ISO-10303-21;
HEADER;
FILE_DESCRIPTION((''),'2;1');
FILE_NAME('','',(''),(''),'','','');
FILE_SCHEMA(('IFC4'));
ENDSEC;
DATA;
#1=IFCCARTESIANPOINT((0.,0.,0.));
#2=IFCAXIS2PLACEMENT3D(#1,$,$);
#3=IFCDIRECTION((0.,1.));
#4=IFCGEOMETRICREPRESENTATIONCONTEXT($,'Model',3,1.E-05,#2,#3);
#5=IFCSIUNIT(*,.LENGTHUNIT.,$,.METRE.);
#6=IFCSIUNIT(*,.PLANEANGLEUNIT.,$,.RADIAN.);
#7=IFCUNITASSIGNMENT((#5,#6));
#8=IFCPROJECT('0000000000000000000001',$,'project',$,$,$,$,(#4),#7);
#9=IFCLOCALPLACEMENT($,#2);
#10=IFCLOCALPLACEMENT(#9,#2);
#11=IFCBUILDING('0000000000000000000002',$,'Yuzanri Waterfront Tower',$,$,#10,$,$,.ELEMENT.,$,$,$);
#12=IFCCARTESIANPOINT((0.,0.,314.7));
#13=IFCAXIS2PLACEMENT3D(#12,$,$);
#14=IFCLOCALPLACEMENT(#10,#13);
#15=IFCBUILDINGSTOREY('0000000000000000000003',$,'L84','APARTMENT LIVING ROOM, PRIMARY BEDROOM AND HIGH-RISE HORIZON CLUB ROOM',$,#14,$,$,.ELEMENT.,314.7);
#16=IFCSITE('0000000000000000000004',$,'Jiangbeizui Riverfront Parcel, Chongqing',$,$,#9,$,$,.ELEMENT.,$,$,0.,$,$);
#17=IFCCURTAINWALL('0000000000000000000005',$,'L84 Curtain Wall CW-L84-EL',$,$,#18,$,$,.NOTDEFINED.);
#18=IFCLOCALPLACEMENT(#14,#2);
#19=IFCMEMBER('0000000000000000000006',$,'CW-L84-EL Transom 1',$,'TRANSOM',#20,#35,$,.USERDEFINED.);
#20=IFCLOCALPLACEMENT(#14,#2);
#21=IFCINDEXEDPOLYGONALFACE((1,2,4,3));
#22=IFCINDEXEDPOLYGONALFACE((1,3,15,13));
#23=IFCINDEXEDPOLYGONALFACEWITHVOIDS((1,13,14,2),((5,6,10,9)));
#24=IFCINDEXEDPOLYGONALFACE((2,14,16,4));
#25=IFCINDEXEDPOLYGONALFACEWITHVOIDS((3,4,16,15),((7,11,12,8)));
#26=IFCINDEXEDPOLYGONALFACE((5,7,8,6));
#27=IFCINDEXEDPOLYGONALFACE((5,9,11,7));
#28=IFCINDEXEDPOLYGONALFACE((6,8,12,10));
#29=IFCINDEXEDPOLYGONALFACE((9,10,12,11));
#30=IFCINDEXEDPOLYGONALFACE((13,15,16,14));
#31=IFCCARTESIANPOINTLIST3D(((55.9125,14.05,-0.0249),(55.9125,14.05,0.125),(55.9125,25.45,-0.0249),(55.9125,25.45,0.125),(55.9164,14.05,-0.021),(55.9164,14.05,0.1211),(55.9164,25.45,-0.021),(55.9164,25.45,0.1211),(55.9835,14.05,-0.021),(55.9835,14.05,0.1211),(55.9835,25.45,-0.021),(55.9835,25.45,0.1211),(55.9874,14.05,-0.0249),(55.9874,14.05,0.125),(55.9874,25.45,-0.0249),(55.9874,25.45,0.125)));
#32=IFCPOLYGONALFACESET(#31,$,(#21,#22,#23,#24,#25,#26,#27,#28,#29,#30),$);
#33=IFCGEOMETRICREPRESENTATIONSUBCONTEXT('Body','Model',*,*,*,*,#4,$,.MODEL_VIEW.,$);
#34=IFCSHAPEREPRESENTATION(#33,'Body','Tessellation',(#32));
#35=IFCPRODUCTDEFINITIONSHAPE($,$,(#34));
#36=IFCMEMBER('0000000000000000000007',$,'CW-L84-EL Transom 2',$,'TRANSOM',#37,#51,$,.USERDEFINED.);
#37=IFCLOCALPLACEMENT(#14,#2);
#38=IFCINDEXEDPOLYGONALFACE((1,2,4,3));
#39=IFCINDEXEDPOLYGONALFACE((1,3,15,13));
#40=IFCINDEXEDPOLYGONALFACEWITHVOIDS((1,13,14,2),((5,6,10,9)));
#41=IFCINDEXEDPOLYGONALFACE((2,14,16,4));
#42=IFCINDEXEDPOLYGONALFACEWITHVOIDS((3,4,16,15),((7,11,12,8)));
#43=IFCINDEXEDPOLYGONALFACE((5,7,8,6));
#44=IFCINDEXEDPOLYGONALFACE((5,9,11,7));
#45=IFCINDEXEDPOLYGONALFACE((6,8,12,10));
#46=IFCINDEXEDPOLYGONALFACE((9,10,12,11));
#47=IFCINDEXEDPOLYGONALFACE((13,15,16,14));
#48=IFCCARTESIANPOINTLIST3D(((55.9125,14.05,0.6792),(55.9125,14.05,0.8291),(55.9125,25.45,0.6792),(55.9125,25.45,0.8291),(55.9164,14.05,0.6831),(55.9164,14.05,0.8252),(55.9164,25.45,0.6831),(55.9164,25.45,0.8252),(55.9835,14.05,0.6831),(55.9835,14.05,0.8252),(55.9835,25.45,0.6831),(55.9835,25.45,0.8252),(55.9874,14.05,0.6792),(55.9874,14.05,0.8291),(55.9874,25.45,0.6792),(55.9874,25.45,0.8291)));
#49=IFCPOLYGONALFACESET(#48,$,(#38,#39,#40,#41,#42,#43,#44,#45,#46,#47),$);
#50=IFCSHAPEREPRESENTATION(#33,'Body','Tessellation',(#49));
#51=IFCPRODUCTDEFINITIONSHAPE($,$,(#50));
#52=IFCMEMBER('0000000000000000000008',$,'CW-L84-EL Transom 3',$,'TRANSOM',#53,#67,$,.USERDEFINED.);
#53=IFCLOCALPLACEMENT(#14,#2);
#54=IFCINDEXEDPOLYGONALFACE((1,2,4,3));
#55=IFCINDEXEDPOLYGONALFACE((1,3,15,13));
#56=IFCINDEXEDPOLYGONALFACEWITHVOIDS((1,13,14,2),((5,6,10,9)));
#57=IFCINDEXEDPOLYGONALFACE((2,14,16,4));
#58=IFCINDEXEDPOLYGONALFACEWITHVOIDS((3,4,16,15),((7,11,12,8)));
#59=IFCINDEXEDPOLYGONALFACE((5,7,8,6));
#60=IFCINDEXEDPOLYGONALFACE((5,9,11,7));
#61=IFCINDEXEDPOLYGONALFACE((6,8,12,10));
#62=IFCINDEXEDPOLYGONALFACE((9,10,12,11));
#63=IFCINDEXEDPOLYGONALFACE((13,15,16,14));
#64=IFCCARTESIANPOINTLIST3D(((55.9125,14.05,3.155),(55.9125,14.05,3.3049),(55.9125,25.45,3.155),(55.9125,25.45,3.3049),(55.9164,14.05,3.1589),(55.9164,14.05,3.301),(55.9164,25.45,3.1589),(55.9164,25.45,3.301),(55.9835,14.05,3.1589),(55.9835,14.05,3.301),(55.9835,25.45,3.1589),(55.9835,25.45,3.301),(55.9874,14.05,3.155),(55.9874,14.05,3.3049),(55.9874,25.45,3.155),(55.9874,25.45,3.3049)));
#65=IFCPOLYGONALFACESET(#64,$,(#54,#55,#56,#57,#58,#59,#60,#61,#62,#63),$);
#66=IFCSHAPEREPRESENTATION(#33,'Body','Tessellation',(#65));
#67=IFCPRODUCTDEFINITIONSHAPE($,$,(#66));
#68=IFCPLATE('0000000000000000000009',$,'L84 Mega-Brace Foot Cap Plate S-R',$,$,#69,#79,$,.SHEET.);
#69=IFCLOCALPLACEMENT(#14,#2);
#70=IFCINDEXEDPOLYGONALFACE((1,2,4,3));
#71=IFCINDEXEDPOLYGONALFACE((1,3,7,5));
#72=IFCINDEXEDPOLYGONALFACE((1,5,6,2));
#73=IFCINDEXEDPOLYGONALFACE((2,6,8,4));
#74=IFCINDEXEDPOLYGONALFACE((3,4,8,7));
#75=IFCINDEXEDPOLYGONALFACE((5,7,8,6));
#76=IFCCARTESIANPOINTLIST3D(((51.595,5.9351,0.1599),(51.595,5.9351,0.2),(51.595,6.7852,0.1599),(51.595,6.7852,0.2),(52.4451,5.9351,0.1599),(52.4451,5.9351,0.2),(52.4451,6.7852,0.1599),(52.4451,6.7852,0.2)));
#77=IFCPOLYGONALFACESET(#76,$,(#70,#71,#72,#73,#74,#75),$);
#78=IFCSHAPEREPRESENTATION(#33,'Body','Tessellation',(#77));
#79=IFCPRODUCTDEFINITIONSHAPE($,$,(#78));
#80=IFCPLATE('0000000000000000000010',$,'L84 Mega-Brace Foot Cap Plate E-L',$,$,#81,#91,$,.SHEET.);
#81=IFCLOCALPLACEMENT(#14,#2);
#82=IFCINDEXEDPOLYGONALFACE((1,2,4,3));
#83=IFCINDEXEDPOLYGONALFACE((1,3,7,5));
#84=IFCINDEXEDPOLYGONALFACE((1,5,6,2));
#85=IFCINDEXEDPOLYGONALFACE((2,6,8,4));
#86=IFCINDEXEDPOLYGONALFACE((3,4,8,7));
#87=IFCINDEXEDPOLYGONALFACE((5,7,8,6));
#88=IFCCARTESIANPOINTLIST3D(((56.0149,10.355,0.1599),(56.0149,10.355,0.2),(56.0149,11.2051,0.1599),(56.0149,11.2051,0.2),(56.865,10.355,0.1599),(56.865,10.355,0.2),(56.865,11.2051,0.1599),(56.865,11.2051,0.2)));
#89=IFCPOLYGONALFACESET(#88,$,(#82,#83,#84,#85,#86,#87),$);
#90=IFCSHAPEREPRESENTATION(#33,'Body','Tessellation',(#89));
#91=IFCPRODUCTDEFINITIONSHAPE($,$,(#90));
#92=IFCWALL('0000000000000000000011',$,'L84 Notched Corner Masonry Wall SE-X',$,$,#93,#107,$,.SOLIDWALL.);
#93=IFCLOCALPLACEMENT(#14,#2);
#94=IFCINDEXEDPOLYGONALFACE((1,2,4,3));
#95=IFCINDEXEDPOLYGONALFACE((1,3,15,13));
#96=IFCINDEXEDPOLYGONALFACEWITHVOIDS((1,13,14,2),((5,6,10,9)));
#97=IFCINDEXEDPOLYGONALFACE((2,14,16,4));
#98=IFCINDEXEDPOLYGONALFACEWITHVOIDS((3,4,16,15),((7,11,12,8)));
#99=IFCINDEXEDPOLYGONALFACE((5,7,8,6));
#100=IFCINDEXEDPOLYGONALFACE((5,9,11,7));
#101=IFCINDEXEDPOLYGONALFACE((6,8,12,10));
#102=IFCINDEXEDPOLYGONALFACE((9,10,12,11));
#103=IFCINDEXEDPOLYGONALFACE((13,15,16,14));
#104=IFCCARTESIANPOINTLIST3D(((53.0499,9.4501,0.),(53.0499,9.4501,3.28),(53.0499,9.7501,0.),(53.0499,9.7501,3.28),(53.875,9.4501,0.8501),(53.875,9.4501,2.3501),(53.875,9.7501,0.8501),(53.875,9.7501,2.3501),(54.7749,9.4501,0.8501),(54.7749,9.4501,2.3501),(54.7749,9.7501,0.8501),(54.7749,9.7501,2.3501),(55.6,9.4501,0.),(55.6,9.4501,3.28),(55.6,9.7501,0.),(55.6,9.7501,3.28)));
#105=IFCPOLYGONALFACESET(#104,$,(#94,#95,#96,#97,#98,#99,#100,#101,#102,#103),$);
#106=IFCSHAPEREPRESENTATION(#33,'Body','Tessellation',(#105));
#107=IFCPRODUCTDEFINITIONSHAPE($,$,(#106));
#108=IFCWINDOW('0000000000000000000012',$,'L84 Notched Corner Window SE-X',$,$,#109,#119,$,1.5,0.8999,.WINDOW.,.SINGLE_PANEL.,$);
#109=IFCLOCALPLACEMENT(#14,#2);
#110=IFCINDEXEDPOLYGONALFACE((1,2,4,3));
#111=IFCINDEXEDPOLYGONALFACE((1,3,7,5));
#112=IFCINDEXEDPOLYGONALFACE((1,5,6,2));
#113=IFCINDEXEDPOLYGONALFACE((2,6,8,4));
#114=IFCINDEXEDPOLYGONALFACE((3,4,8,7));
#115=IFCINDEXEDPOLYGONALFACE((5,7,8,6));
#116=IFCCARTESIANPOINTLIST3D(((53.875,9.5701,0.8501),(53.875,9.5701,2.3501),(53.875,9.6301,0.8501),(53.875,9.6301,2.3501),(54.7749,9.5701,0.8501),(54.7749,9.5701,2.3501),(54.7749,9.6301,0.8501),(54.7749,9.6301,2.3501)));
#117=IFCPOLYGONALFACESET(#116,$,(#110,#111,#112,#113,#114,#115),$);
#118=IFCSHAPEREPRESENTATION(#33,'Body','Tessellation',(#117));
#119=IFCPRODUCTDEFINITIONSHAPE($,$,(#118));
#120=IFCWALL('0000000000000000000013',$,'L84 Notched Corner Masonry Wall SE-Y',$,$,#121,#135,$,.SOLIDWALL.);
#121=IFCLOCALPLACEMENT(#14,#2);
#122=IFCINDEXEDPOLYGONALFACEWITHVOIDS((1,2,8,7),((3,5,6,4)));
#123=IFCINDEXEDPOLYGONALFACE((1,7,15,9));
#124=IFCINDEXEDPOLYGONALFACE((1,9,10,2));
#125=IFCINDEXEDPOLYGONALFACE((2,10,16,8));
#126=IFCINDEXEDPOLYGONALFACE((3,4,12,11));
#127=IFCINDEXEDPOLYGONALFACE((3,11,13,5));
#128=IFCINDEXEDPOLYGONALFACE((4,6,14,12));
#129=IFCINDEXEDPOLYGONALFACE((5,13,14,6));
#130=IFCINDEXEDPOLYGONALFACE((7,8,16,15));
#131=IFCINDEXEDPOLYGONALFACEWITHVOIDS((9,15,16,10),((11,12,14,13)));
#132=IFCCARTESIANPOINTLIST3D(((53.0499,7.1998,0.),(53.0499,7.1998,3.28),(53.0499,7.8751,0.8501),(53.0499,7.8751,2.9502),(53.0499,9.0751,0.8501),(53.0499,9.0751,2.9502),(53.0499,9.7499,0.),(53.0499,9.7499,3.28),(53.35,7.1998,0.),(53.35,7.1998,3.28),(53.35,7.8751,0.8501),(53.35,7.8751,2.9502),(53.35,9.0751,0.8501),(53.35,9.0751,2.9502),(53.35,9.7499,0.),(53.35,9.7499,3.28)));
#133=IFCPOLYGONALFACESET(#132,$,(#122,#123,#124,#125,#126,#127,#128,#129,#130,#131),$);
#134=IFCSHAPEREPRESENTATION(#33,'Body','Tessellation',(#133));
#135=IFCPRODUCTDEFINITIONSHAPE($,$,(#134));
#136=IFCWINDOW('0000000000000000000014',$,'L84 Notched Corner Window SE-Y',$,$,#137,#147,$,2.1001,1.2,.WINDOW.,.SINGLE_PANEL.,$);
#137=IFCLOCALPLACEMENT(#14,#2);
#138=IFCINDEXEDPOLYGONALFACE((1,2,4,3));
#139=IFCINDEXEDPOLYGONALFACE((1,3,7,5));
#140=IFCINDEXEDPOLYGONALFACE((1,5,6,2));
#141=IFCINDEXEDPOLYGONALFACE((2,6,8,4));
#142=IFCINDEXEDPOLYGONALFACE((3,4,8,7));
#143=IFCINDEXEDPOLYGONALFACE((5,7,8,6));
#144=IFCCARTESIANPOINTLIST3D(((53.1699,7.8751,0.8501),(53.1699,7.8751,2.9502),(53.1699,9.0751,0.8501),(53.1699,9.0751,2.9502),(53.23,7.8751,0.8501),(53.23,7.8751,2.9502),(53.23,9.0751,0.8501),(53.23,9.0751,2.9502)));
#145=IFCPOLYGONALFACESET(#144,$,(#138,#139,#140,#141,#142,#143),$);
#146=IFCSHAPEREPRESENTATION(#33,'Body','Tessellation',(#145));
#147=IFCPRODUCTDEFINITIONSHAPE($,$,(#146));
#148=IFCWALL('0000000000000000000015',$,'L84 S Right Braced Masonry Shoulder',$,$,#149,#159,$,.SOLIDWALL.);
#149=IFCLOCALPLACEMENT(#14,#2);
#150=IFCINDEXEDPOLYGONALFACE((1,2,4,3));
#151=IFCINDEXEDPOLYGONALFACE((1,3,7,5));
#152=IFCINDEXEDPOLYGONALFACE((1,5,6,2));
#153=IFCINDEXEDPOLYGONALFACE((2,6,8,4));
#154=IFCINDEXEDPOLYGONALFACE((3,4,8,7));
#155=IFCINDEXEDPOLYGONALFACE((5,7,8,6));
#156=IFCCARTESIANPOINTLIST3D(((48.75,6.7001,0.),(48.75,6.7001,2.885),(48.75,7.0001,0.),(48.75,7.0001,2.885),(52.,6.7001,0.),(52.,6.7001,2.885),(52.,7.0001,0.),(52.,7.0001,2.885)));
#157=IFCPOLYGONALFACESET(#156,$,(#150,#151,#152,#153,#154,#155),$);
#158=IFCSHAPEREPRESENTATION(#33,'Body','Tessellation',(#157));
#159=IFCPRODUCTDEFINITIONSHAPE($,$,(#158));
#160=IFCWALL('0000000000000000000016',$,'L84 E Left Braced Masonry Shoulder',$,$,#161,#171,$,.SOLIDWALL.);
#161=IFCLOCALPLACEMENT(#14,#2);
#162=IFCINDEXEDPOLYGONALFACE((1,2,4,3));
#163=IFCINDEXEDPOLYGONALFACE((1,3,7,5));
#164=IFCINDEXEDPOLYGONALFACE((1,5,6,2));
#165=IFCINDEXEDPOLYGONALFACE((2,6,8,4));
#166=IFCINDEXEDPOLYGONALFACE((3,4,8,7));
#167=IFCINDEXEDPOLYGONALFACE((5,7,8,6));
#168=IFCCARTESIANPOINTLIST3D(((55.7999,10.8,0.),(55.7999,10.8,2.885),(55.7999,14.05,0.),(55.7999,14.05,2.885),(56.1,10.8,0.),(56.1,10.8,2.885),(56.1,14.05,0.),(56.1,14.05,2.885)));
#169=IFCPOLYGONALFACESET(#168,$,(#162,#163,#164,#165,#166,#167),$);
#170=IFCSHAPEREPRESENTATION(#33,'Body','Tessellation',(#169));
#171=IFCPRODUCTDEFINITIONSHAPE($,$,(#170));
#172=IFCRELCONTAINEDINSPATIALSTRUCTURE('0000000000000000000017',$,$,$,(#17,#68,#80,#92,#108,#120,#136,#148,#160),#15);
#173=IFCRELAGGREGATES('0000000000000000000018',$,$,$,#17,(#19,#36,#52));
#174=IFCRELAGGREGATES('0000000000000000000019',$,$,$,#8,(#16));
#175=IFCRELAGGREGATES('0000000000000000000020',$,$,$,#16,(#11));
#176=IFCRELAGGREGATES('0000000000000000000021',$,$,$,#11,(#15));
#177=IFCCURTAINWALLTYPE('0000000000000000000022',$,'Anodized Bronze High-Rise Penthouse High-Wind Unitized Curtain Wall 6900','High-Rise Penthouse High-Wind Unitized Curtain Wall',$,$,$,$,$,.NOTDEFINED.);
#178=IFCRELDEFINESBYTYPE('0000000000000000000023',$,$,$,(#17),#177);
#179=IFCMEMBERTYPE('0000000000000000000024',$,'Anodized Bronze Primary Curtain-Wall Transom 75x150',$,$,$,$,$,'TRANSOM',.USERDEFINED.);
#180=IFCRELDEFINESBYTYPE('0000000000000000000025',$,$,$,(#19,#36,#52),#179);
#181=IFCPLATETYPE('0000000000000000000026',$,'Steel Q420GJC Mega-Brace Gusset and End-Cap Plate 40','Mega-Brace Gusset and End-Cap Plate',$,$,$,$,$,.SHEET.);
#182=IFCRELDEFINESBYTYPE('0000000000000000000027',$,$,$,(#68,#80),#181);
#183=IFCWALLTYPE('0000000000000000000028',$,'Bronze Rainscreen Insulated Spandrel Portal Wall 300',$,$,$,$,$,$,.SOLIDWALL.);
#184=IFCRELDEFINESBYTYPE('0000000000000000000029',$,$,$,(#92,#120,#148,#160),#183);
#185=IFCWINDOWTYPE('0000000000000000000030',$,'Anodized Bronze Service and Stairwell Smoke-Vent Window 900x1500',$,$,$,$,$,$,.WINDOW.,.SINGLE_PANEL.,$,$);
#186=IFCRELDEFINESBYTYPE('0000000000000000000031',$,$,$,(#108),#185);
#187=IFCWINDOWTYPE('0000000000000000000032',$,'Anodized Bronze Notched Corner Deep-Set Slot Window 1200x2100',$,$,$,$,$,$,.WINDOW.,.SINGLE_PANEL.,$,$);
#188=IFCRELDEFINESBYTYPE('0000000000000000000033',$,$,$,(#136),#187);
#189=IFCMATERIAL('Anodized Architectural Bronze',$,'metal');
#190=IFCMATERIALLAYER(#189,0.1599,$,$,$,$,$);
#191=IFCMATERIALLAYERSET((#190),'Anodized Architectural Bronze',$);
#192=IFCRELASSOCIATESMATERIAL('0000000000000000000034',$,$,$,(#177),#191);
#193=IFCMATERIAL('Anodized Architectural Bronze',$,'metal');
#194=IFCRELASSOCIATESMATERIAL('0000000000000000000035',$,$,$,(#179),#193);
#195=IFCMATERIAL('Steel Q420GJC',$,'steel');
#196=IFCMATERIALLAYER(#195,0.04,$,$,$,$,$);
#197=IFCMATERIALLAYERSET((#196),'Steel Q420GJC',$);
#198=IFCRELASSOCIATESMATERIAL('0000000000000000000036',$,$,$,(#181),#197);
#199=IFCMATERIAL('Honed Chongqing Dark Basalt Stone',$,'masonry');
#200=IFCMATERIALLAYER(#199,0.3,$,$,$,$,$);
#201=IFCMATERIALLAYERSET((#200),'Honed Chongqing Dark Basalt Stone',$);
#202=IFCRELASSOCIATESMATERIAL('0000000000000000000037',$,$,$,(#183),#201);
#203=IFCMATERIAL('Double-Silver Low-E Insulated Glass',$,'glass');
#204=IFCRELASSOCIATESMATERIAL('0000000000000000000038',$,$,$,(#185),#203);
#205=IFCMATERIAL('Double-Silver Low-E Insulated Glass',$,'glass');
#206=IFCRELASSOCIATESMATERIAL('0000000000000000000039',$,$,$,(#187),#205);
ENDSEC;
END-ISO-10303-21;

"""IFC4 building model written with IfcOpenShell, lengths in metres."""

from ifc_helpers import new_model, si_unit, direction, frame, frame_2d, origin, origin_2d, place, context, subcontext, project, spatial, rectangle, hollow_rectangle, extrude, source, transform, mapped, material, layer, layer_set, material_profile, profile_set, type_object, element, fill, aggregate, save


model = new_model("IFC4")

# Units and contexts
model_context = context("Model", 3, precision=1e-05, world=origin(), true_north=direction((0.0, 1.0)))
body_context = subcontext(model_context, "Body", "Model", "MODEL_VIEW")
ifc_project = project(units=[si_unit("LENGTHUNIT", "METRE"), si_unit("PLANEANGLEUNIT", "RADIAN")], contexts=[model_context])

# Site, building, storey
site_placement = place(None, origin())
site = spatial("IfcSite", under=ifc_project, at=site_placement, Name="Jiangbeizui Riverfront Parcel, Chongqing", CompositionType="ELEMENT", RefElevation=0.0)
building_placement = place(site_placement, origin())
building = spatial("IfcBuilding", under=site, at=building_placement, Name="Yuzanri Waterfront Tower", CompositionType="ELEMENT")
storey_placement = place(building_placement, frame((0.0, 0.0, 314.7)))
storey = spatial("IfcBuildingStorey", under=building, at=storey_placement, Name="L84", Description="APARTMENT LIVING ROOM, PRIMARY BEDROOM AND HIGH-RISE HORIZON CLUB ROOM", CompositionType="ELEMENT", Elevation=314.7)

# Curtain wall
ifc_material_1 = material(Name="Anodized Architectural Bronze", Category="metal")
ifc_layer_1 = layer(ifc_material_1, 0.1599)
ifc_layer_set_1 = layer_set([ifc_layer_1], Name="Anodized Architectural Bronze")
curtain_wall_type = type_object("IfcCurtainWallType", Name="Anodized Bronze High-Rise Penthouse High-Wind Unitized Curtain Wall 6900", Description="High-Rise Penthouse High-Wind Unitized Curtain Wall", PredefinedType="NOTDEFINED", material=ifc_layer_set_1)
curtain_wall_1_placement = place(storey_placement, origin())
curtain_wall_1 = element("IfcCurtainWall", 1, at=curtain_wall_1_placement, inside=storey, type_object=curtain_wall_type, Name="L84 Curtain Wall CW-L84-EL", PredefinedType="NOTDEFINED")

# Members
ifc_material_2 = material(Name="Anodized Architectural Bronze", Category="metal")
ifc_material_profile_1 = material_profile(ifc_material_2, hollow_rectangle(XDim=0.075, YDim=0.1499, WallThickness=0.0039, at=origin_2d()), Name="CWT 75x150")
ifc_profile_set_1 = profile_set([ifc_material_profile_1], Name="Anodized Architectural Bronze")
member_type_1 = type_object("IfcMemberType", Name="Anodized Bronze Primary Curtain-Wall Transom 75x150", ElementType="TRANSOM", PredefinedType="USERDEFINED", material=ifc_profile_set_1)
shared_shape_1 = source(origin(), body_context, "Body", "SweptSolid", [
    extrude(hollow_rectangle(XDim=0.075, YDim=0.1499, WallThickness=0.0039, at=origin_2d()), origin(), (0.0, 0.0, 1.0), 11.3999),
])
member_1_placement = place(storey_placement, frame((55.95, 14.05, 0.05), z_axis=(0.0, 1.0, 0.0), x_axis=(-1.0, 0.0, 0.0)))
member_1 = element("IfcMember", 2, at=member_1_placement, type_object=member_type_1, Name="CW-L84-EL Transom 1", ObjectType="TRANSOM", PredefinedType="USERDEFINED", context=body_context, shape_type="MappedRepresentation", body=[
    mapped(shared_shape_1, transform((0.0, 0.0, 0.0), scale=1.0)),
])
member_2_placement = place(storey_placement, frame((55.95, 14.05, 0.7542), z_axis=(0.0, 1.0, 0.0), x_axis=(-1.0, 0.0, 0.0)))
member_2 = element("IfcMember", 3, at=member_2_placement, type_object=member_type_1, Name="CW-L84-EL Transom 2", ObjectType="TRANSOM", PredefinedType="USERDEFINED", context=body_context, shape_type="MappedRepresentation", body=[
    mapped(shared_shape_1, transform((0.0, 0.0, 0.0), scale=1.0)),
])
member_3_placement = place(storey_placement, frame((55.95, 14.05, 3.23), z_axis=(0.0, 1.0, 0.0), x_axis=(-1.0, 0.0, 0.0)))
member_3 = element("IfcMember", 4, at=member_3_placement, type_object=member_type_1, Name="CW-L84-EL Transom 3", ObjectType="TRANSOM", PredefinedType="USERDEFINED", context=body_context, shape_type="MappedRepresentation", body=[
    mapped(shared_shape_1, transform((0.0, 0.0, 0.0), scale=1.0)),
])
aggregate(curtain_wall_1, [member_1, member_2, member_3])

# Plates
ifc_material_3 = material(Name="Steel Q420GJC", Category="steel")
ifc_layer_2 = layer(ifc_material_3, 0.04)
ifc_layer_set_2 = layer_set([ifc_layer_2], Name="Steel Q420GJC")
plate_type = type_object("IfcPlateType", Name="Steel Q420GJC Mega-Brace Gusset and End-Cap Plate 40", Description="Mega-Brace Gusset and End-Cap Plate", PredefinedType="SHEET", material=ifc_layer_set_2)
shared_shape_2 = source(origin(), body_context, "Body", "SweptSolid", [
    extrude(rectangle(XDim=0.8501, YDim=0.8501, at=origin_2d()), origin(), (0.0, 0.0, 1.0), 0.04),
])
for number, where, z_axis, x_axis, name in (
    (5, (52.02, 6.3601, 0.1599), (0.0, 0.0, 1.0), (1.0, 0.0, 0.0), "L84 Mega-Brace Foot Cap Plate S-R"),
    (6, (56.4399, 10.78, 0.1599), (0.0, 0.0, 1.0), (1.0, 0.0, 0.0), "L84 Mega-Brace Foot Cap Plate E-L"),
):
    element("IfcPlate", number, at=place(storey_placement, frame(where, z_axis=z_axis, x_axis=x_axis)), inside=storey, type_object=plate_type, Name=name, PredefinedType="SHEET", context=body_context, shape_type="MappedRepresentation", body=[
        mapped(shared_shape_2, transform((0.0, 0.0, 0.0), scale=1.0)),
    ])

# Walls, openings, windows
ifc_material_4 = material(Name="Honed Chongqing Dark Basalt Stone", Category="masonry")
ifc_layer_3 = layer(ifc_material_4, 0.3)
ifc_layer_set_3 = layer_set([ifc_layer_3], Name="Honed Chongqing Dark Basalt Stone")
wall_type_1 = type_object("IfcWallType", Name="Bronze Rainscreen Insulated Spandrel Portal Wall 300", PredefinedType="SOLIDWALL", material=ifc_layer_set_3)
wall_1_placement = place(storey_placement, frame((53.05, 9.6001, 0.0), z_axis=(0.0, 0.0, 1.0), x_axis=(1.0, 0.0, 0.0)))
wall_1 = element("IfcWall", 7, at=wall_1_placement, inside=storey, type_object=wall_type_1, Name="L84 Notched Corner Masonry Wall SE-X", PredefinedType="SOLIDWALL", context=body_context, shape_type="SweptSolid", body=[
    extrude(rectangle(XDim=2.55, YDim=0.3, at=frame_2d((1.2749, 0.0))), origin(), (0.0, 0.0, 1.0), 3.28),
])
opening_1_placement = place(wall_1_placement, frame((0.825, 0.0, 0.8501)))
opening_1 = element("IfcOpeningElement", 8, at=opening_1_placement, cuts=wall_1, PredefinedType="OPENING", context=body_context, shape_type="SweptSolid", body=[
    extrude(rectangle(XDim=0.8999, YDim=1.5, at=frame_2d((0.45, 0.75))), frame((0.0, 0.165, 0.0), z_axis=(0.0, -1.0, 0.0), x_axis=(1.0, 0.0, 0.0)), (0.0, 0.0, 1.0), 0.3298),
])
ifc_material_5 = material(Name="Double-Silver Low-E Insulated Glass", Category="glass")
window_type_1 = type_object("IfcWindowType", Name="Anodized Bronze Service and Stairwell Smoke-Vent Window 900x1500", PartitioningType="SINGLE_PANEL", PredefinedType="WINDOW", material=ifc_material_5)
shared_shape_3 = source(origin(), body_context, "Body", "SweptSolid", [
    extrude(rectangle(XDim=0.8999, YDim=1.5, at=frame_2d((0.45, 0.75))), frame((0.0, 0.03, 0.0), z_axis=(0.0, -1.0, 0.0), x_axis=(1.0, 0.0, 0.0)), (0.0, 0.0, 1.0), 0.0601),
])
window_1_placement = place(opening_1_placement, origin())
window_1 = element("IfcWindow", 9, at=window_1_placement, inside=storey, type_object=window_type_1, Name="L84 Notched Corner Window SE-X", OverallHeight=1.5, OverallWidth=0.8999, PartitioningType="SINGLE_PANEL", PredefinedType="WINDOW", context=body_context, shape_type="MappedRepresentation", body=[
    mapped(shared_shape_3, transform((0.0, 0.0, 0.0), scale=1.0)),
])
fill(opening_1, window_1)
wall_2_placement = place(storey_placement, frame((53.2, 7.2, 0.0), z_axis=(0.0, 0.0, 1.0), x_axis=(0.0, 1.0, 0.0)))
wall_2 = element("IfcWall", 10, at=wall_2_placement, inside=storey, type_object=wall_type_1, Name="L84 Notched Corner Masonry Wall SE-Y", PredefinedType="SOLIDWALL", context=body_context, shape_type="SweptSolid", body=[
    extrude(rectangle(XDim=2.55, YDim=0.3, at=frame_2d((1.2749, 0.0))), origin(), (0.0, 0.0, 1.0), 3.28),
])
opening_2_placement = place(wall_2_placement, frame((0.675, 0.0, 0.8501)))
opening_2 = element("IfcOpeningElement", 11, at=opening_2_placement, cuts=wall_2, PredefinedType="OPENING", context=body_context, shape_type="SweptSolid", body=[
    extrude(rectangle(XDim=1.2, YDim=2.1001, at=frame_2d((0.6001, 1.05))), frame((0.0, 0.165, 0.0), z_axis=(0.0, -1.0, 0.0), x_axis=(1.0, 0.0, 0.0)), (0.0, 0.0, 1.0), 0.3298),
])
ifc_material_6 = material(Name="Double-Silver Low-E Insulated Glass", Category="glass")
window_type_2 = type_object("IfcWindowType", Name="Anodized Bronze Notched Corner Deep-Set Slot Window 1200x2100", PartitioningType="SINGLE_PANEL", PredefinedType="WINDOW", material=ifc_material_6)
shared_shape_4 = source(origin(), body_context, "Body", "SweptSolid", [
    extrude(rectangle(XDim=1.2, YDim=2.1001, at=frame_2d((0.6001, 1.05))), frame((0.0, 0.03, 0.0), z_axis=(0.0, -1.0, 0.0), x_axis=(1.0, 0.0, 0.0)), (0.0, 0.0, 1.0), 0.0601),
])
window_2_placement = place(opening_2_placement, origin())
window_2 = element("IfcWindow", 12, at=window_2_placement, inside=storey, type_object=window_type_2, Name="L84 Notched Corner Window SE-Y", OverallHeight=2.1001, OverallWidth=1.2, PartitioningType="SINGLE_PANEL", PredefinedType="WINDOW", context=body_context, shape_type="MappedRepresentation", body=[
    mapped(shared_shape_4, transform((0.0, 0.0, 0.0), scale=1.0)),
])
fill(opening_2, window_2)

# Walls
shared_shape_5 = source(origin(), body_context, "Body", "SweptSolid", [
    extrude(rectangle(XDim=3.25, YDim=0.3, at=frame_2d((1.625, 0.0))), origin(), (0.0, 0.0, 1.0), 2.885),
])
for number, where, z_axis, x_axis, name in (
    (13, (48.75, 6.8501, 0.0), (0.0, 0.0, 1.0), (1.0, 0.0, 0.0), "L84 S Right Braced Masonry Shoulder"),
    (14, (55.95, 10.8, 0.0), (0.0, 0.0, 1.0), (0.0, 1.0, 0.0), "L84 E Left Braced Masonry Shoulder"),
):
    element("IfcWall", number, at=place(storey_placement, frame(where, z_axis=z_axis, x_axis=x_axis)), inside=storey, type_object=wall_type_1, Name=name, PredefinedType="SOLIDWALL", context=body_context, shape_type="MappedRepresentation", body=[
        mapped(shared_shape_5, transform((0.0, 0.0, 0.0), scale=1.0)),
    ])

save(model, "model.ifc")
